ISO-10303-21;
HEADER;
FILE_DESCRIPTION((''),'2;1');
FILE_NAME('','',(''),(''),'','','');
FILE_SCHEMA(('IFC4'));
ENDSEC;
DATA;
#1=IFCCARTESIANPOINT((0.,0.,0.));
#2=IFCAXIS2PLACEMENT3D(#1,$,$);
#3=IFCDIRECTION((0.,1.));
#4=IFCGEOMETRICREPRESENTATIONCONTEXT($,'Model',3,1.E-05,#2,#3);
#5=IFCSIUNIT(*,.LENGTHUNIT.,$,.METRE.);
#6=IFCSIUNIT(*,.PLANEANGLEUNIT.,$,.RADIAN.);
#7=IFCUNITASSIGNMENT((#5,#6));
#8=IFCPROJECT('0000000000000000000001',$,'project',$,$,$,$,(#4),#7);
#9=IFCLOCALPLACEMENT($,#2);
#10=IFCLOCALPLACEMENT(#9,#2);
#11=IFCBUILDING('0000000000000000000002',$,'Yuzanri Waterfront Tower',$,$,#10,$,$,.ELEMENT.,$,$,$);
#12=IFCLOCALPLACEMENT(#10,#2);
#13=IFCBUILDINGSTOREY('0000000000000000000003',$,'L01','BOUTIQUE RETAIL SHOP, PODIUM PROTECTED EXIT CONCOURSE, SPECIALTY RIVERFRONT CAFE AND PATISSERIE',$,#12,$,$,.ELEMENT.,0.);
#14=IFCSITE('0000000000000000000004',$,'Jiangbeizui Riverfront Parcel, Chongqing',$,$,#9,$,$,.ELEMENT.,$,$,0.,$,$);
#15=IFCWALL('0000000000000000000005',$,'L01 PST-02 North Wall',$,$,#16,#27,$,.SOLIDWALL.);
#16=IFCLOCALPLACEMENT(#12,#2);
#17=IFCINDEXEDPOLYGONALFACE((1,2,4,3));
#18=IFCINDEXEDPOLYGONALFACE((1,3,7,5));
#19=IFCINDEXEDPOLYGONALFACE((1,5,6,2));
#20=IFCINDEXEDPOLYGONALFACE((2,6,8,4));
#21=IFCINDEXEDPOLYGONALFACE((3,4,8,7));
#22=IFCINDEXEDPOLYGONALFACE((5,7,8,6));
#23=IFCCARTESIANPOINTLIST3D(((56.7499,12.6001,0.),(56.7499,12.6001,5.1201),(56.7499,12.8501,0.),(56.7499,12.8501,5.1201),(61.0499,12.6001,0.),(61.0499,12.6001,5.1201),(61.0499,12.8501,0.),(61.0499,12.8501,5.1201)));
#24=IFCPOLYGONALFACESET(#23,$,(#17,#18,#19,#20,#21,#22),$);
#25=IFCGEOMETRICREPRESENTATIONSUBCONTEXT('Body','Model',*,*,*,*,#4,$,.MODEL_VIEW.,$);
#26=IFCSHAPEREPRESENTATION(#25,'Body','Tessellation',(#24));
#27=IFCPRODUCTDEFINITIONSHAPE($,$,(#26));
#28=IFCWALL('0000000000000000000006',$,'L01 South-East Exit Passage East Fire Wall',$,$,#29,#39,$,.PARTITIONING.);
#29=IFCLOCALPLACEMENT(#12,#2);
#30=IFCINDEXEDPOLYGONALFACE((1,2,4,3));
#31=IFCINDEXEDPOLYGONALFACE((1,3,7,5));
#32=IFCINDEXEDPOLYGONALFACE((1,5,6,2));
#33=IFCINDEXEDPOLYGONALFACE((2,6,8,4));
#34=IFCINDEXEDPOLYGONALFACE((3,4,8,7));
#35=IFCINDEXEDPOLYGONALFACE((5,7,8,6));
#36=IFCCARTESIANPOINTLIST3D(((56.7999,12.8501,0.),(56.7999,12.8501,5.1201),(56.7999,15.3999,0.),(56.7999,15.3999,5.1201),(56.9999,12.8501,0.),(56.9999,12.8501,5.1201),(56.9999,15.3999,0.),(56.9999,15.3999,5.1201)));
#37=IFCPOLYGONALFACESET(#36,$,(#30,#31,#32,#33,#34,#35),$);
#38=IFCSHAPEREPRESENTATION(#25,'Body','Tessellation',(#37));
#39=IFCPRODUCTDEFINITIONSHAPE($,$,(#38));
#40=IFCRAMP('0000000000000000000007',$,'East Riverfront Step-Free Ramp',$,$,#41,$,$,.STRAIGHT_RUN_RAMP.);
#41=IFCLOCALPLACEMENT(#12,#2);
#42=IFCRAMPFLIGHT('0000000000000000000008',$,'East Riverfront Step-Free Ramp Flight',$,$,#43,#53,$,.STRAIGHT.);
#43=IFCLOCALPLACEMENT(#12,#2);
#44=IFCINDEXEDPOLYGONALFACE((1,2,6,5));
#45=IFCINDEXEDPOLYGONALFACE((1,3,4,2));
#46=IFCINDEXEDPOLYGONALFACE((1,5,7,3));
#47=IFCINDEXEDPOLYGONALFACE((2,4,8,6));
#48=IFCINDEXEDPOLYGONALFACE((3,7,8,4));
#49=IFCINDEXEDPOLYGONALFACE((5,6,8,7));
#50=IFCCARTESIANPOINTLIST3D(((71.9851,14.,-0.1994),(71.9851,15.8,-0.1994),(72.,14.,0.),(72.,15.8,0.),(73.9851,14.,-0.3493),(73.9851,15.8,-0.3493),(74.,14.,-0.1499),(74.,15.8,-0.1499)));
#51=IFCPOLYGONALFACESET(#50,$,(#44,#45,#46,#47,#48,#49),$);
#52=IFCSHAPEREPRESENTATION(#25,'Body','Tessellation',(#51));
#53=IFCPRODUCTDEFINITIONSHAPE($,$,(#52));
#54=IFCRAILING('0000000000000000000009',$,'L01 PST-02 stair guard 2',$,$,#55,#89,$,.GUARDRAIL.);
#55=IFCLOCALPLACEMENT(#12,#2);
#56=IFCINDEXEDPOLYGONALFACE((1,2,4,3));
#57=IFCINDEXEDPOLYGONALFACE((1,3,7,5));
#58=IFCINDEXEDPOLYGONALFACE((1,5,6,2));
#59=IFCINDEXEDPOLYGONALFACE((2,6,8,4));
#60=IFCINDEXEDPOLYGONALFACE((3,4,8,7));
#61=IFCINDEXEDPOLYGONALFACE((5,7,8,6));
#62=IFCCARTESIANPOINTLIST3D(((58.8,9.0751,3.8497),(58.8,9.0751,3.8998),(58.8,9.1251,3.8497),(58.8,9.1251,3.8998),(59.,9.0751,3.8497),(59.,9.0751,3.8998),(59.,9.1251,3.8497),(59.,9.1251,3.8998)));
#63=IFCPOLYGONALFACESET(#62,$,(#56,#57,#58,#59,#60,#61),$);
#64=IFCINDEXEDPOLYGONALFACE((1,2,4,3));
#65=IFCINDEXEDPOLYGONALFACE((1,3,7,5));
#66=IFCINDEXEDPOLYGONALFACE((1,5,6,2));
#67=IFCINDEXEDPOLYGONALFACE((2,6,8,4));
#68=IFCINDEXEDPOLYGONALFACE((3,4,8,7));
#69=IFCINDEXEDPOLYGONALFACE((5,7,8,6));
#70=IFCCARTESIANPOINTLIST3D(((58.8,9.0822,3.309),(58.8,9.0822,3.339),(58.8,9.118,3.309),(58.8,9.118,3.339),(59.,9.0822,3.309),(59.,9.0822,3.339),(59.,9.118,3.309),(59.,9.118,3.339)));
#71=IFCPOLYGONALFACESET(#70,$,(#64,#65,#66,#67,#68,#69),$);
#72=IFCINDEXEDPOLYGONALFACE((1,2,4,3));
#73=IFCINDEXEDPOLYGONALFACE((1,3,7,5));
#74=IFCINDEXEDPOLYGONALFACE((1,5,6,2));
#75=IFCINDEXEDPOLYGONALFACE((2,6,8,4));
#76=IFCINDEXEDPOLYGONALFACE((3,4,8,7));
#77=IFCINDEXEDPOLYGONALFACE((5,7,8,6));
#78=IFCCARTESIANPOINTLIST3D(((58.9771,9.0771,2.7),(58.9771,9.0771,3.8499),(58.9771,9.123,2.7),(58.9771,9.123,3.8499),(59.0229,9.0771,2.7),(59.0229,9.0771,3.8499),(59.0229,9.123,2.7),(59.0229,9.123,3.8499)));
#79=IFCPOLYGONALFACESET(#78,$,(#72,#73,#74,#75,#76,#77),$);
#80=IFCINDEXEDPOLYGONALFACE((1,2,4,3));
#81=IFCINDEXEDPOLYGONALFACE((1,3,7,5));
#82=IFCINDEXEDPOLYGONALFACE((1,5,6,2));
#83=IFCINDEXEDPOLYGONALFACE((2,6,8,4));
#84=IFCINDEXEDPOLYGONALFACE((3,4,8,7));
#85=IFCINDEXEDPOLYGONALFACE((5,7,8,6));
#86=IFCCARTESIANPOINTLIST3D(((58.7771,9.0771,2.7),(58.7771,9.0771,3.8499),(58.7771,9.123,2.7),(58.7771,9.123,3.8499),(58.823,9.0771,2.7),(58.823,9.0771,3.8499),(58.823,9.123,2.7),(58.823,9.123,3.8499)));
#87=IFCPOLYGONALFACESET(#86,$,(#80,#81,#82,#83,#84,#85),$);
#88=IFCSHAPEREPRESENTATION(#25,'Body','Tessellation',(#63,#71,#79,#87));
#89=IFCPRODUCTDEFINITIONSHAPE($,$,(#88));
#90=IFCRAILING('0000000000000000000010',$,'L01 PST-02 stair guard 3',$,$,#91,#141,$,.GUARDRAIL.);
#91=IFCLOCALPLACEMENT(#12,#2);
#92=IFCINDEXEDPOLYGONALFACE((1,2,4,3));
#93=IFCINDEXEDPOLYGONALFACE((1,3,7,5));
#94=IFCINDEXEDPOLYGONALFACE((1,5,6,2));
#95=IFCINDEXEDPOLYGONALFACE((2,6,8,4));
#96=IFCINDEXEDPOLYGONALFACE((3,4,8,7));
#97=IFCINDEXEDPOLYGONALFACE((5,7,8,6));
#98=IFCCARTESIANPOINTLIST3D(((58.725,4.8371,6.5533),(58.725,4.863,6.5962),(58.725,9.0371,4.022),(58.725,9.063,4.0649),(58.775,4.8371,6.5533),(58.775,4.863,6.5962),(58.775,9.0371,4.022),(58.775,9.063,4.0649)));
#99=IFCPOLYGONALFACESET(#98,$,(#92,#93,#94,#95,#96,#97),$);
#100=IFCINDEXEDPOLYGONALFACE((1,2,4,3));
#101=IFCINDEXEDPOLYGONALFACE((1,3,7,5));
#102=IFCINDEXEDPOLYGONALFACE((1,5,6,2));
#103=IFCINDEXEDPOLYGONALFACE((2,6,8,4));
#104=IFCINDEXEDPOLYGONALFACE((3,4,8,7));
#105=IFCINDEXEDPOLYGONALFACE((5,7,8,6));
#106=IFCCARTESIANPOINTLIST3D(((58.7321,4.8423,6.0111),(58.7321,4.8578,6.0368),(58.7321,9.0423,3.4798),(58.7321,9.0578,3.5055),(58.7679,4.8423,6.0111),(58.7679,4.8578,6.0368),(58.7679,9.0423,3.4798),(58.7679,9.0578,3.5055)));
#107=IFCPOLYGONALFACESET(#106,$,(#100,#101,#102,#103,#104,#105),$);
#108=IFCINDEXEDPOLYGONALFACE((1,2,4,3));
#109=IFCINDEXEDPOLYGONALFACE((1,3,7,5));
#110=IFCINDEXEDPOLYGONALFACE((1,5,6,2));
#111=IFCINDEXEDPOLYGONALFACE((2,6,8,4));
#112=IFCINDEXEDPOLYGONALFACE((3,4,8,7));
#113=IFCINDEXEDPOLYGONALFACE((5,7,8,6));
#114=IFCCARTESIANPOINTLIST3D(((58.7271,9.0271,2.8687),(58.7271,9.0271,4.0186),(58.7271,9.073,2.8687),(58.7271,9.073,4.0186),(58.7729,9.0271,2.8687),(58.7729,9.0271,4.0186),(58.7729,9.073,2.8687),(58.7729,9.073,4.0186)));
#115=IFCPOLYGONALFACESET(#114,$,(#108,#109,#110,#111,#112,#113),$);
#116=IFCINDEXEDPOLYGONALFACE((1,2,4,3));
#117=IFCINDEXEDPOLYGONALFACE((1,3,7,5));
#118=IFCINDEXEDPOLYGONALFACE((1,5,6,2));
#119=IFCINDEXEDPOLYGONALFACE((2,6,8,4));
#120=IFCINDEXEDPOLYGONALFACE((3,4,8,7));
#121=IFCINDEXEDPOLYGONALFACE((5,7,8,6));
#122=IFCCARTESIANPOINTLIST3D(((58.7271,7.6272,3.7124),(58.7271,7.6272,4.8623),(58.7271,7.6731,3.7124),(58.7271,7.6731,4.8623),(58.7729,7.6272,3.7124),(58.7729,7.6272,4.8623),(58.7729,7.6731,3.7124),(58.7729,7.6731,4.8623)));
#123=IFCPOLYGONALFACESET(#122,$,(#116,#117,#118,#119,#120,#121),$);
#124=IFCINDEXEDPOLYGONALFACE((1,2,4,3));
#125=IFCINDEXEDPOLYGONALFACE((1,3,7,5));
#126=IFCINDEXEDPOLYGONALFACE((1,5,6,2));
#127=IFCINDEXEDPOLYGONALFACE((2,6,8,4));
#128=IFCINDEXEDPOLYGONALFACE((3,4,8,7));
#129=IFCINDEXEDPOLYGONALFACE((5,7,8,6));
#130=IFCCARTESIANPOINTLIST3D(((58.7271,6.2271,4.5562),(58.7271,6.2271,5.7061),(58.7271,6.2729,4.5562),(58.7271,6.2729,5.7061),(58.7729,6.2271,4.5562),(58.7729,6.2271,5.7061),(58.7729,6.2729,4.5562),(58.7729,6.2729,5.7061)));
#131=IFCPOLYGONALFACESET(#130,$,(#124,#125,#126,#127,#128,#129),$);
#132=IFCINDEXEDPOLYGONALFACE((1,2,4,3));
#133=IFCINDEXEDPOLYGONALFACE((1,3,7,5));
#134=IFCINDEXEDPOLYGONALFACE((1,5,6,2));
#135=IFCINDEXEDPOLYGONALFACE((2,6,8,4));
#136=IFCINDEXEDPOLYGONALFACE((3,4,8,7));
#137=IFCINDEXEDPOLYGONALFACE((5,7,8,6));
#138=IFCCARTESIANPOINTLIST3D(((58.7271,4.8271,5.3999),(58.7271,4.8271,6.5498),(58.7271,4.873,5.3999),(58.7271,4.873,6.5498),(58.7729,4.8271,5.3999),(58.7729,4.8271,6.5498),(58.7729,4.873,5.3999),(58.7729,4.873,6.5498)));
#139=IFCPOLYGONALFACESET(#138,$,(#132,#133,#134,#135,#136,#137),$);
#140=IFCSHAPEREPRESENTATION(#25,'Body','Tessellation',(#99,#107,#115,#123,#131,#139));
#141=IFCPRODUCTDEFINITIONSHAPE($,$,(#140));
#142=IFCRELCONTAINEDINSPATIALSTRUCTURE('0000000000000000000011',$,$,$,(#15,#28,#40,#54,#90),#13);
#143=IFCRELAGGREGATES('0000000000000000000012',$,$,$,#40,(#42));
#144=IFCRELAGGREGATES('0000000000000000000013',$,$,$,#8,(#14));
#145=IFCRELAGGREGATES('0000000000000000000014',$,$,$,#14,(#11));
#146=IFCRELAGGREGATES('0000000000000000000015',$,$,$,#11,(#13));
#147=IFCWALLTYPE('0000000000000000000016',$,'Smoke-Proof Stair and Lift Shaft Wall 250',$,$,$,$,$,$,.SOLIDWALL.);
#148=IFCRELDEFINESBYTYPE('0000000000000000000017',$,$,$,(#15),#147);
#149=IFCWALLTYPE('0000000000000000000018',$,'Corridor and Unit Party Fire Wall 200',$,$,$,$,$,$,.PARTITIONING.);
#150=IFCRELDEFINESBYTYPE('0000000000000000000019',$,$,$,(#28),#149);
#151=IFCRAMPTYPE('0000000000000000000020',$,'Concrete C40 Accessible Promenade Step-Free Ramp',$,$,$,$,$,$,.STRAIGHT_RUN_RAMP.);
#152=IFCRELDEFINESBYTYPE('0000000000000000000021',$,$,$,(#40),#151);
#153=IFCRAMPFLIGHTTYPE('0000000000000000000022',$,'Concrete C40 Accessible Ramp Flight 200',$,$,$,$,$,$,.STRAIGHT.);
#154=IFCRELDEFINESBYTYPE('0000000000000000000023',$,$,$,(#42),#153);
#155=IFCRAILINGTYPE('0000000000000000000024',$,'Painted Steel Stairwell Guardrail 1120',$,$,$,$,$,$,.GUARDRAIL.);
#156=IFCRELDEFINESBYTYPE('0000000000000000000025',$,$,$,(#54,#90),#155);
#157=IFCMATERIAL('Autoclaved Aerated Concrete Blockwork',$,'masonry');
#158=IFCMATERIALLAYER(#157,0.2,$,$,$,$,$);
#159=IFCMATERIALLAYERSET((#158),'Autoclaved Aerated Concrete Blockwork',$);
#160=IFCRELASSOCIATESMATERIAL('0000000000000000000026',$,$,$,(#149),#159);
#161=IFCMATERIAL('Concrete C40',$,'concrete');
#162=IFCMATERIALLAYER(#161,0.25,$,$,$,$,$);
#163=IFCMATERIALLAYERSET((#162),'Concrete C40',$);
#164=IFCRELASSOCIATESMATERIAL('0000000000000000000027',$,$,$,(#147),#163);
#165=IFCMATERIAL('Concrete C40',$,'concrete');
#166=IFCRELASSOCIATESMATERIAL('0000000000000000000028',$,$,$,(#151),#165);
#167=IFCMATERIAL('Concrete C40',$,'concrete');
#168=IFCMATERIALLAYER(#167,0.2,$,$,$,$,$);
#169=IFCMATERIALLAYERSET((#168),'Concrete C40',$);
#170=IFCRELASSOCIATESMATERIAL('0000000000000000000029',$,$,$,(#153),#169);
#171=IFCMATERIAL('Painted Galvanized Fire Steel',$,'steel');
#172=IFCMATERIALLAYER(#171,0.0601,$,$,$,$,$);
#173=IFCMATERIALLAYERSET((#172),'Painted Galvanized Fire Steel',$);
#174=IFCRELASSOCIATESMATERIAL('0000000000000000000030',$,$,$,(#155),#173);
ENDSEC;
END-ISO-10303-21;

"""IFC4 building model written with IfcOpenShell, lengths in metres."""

from ifc_helpers import new_model, si_unit, direction, frame, frame_2d, origin, origin_2d, place, context, subcontext, project, spatial, polyline, rectangle, outline, extrude, source, transform, mapped, material, layer, layer_set, type_object, element, aggregate, save


model = new_model("IFC4")

# Units and contexts
model_context = context("Model", 3, precision=1e-05, world=origin(), true_north=direction((0.0, 1.0)))
body_context = subcontext(model_context, "Body", "Model", "MODEL_VIEW")
ifc_project = project(units=[si_unit("LENGTHUNIT", "METRE"), si_unit("PLANEANGLEUNIT", "RADIAN")], contexts=[model_context])

# Site, building, storey
site_placement = place(None, origin())
site = spatial("IfcSite", under=ifc_project, at=site_placement, Name="Jiangbeizui Riverfront Parcel, Chongqing", CompositionType="ELEMENT", RefElevation=0.0)
building_placement = place(site_placement, origin())
building = spatial("IfcBuilding", under=site, at=building_placement, Name="Yuzanri Waterfront Tower", CompositionType="ELEMENT")
storey_placement = place(building_placement, origin())
storey = spatial("IfcBuildingStorey", under=building, at=storey_placement, Name="L01", Description="BOUTIQUE RETAIL SHOP, PODIUM PROTECTED EXIT CONCOURSE, SPECIALTY RIVERFRONT CAFE AND PATISSERIE", CompositionType="ELEMENT", Elevation=0.0)

# Shared definitions
ifc_material_1 = material(Name="Autoclaved Aerated Concrete Blockwork", Category="masonry")
ifc_layer_1 = layer(ifc_material_1, 0.2)
ifc_layer_set_1 = layer_set([ifc_layer_1], Name="Autoclaved Aerated Concrete Blockwork")
wall_type_1 = type_object("IfcWallType", Name="Corridor and Unit Party Fire Wall 200", PredefinedType="PARTITIONING", material=ifc_layer_set_1)

# Walls
ifc_material_2 = material(Name="Concrete C40", Category="concrete")
ifc_layer_2 = layer(ifc_material_2, 0.25)
ifc_layer_set_2 = layer_set([ifc_layer_2], Name="Concrete C40")
wall_type_2 = type_object("IfcWallType", Name="Smoke-Proof Stair and Lift Shaft Wall 250", PredefinedType="SOLIDWALL", material=ifc_layer_set_2)
shared_shape_1 = source(origin(), body_context, "Body", "SweptSolid", [
    extrude(rectangle(XDim=4.3, YDim=0.25, at=frame_2d((2.1499, 0.0))), origin(), (0.0, 0.0, 1.0), 5.1201),
])
wall_1_placement = place(storey_placement, frame((56.75, 12.7251, 0.0), z_axis=(0.0, 0.0, 1.0), x_axis=(1.0, 0.0, 0.0)))
element("IfcWall", 1, at=wall_1_placement, inside=storey, type_object=wall_type_2, Name="L01 PST-02 North Wall", PredefinedType="SOLIDWALL", context=body_context, shape_type="MappedRepresentation", body=[
    mapped(shared_shape_1, transform((0.0, 0.0, 0.0), scale=1.0)),
])
shared_shape_2 = source(origin(), body_context, "Body", "SweptSolid", [
    extrude(rectangle(XDim=2.5498, YDim=0.2, at=frame_2d((1.2749, 0.0))), origin(), (0.0, 0.0, 1.0), 5.1201),
])
wall_2_placement = place(storey_placement, frame((56.8999, 12.8501, 0.0), z_axis=(0.0, 0.0, 1.0), x_axis=(0.0, 1.0, 0.0)))
element("IfcWall", 2, at=wall_2_placement, inside=storey, type_object=wall_type_1, Name="L01 South-East Exit Passage East Fire Wall", PredefinedType="PARTITIONING", context=body_context, shape_type="MappedRepresentation", body=[
    mapped(shared_shape_2, transform((0.0, 0.0, 0.0), scale=1.0)),
])

# Ramp, ramp flight
ifc_material_3 = material(Name="Concrete C40", Category="concrete")
ramp_type = type_object("IfcRampType", Name="Concrete C40 Accessible Promenade Step-Free Ramp", PredefinedType="STRAIGHT_RUN_RAMP", material=ifc_material_3)
ramp_placement = place(storey_placement, origin())
ramp = element("IfcRamp", 3, at=ramp_placement, inside=storey, type_object=ramp_type, Name="East Riverfront Step-Free Ramp", PredefinedType="STRAIGHT_RUN_RAMP")
ifc_material_4 = material(Name="Concrete C40", Category="concrete")
ifc_layer_3 = layer(ifc_material_4, 0.2)
ifc_layer_set_3 = layer_set([ifc_layer_3], Name="Concrete C40")
ramp_flight_type = type_object("IfcRampFlightType", Name="Concrete C40 Accessible Ramp Flight 200", PredefinedType="STRAIGHT", material=ifc_layer_set_3)
ramp_flight_placement = place(storey_placement, frame((72.0, 14.0, 0.0), z_axis=(0.074742, 0.0, 0.997203), x_axis=(0.997203, 0.0, -0.074742)))
ramp_flight = element("IfcRampFlight", 4, at=ramp_flight_placement, type_object=ramp_flight_type, Name="East Riverfront Step-Free Ramp Flight", PredefinedType="STRAIGHT", context=body_context, shape_type="SweptSolid", body=[
    extrude(outline(polyline([(0.0, 0.0), (2.0056, 0.0), (2.0056, 1.8), (0.0, 1.8), (0.0, 0.0)])), origin(), (0.0, 0.0, -1.0), 0.2),
])
aggregate(ramp, [ramp_flight])

# Railings
ifc_material_5 = material(Name="Painted Galvanized Fire Steel", Category="steel")
ifc_layer_4 = layer(ifc_material_5, 0.0601)
ifc_layer_set_4 = layer_set([ifc_layer_4], Name="Painted Galvanized Fire Steel")
railing_type = type_object("IfcRailingType", Name="Painted Steel Stairwell Guardrail 1120", PredefinedType="GUARDRAIL", material=ifc_layer_set_4)
shared_shape_3 = source(origin(), body_context, "Body", "SweptSolid", [
    extrude(rectangle(XDim=0.05, YDim=0.05, at=origin_2d()), frame((0.0, 0.0, 1.1748), z_axis=(-1.0, 0.0, 0.0), x_axis=(0.0, -1.0, 0.0)), (0.0, 0.0, 1.0), 0.2),
    extrude(rectangle(XDim=0.0359, YDim=0.03, at=origin_2d()), frame((0.0, 0.0, 0.624), z_axis=(-1.0, 0.0, 0.0), x_axis=(0.0, -1.0, 0.0)), (0.0, 0.0, 1.0), 0.2),
    extrude(rectangle(XDim=0.0459, YDim=0.0459, at=origin_2d()), origin(), (0.0, 0.0, 1.0), 1.1499),
    extrude(rectangle(XDim=0.0459, YDim=0.0459, at=origin_2d()), frame((-0.2, 0.0, 0.0)), (0.0, 0.0, 1.0), 1.1499),
])
railing_1_placement = place(storey_placement, frame((59.0, 9.1001, 2.7)))
element("IfcRailing", 5, at=railing_1_placement, inside=storey, type_object=railing_type, Name="L01 PST-02 stair guard 2", PredefinedType="GUARDRAIL", context=body_context, shape_type="MappedRepresentation", body=[
    mapped(shared_shape_3, transform((0.0, 0.0, 0.0), scale=1.0)),
])
shared_shape_4 = source(origin(), body_context, "Body", "SweptSolid", [
    extrude(rectangle(XDim=0.05, YDim=0.05, at=origin_2d()), frame((0.0, 0.0, 1.1748), z_axis=(0.0, -0.856476, 0.516186), x_axis=(1.0, 0.0, 0.0)), (0.0, 0.0, 1.0), 4.9038),
    extrude(rectangle(XDim=0.0359, YDim=0.03, at=origin_2d()), frame((0.0, 0.0, 0.624), z_axis=(0.0, -0.856476, 0.516186), x_axis=(1.0, 0.0, 0.0)), (0.0, 0.0, 1.0), 4.9038),
    extrude(rectangle(XDim=0.0459, YDim=0.0459, at=origin_2d()), origin(), (0.0, 0.0, 1.0), 1.1499),
    extrude(rectangle(XDim=0.0459, YDim=0.0459, at=origin_2d()), frame((0.0, -1.3999, 0.8438)), (0.0, 0.0, 1.0), 1.1499),
    extrude(rectangle(XDim=0.0459, YDim=0.0459, at=origin_2d()), frame((0.0, -2.8, 1.6875)), (0.0, 0.0, 1.0), 1.1499),
    extrude(rectangle(XDim=0.0459, YDim=0.0459, at=origin_2d()), frame((0.0, -4.2, 2.5312)), (0.0, 0.0, 1.0), 1.1499),
])
railing_2_placement = place(storey_placement, frame((58.75, 9.05, 2.8687)))
element("IfcRailing", 6, at=railing_2_placement, inside=storey, type_object=railing_type, Name="L01 PST-02 stair guard 3", PredefinedType="GUARDRAIL", context=body_context, shape_type="MappedRepresentation", body=[
    mapped(shared_shape_4, transform((0.0, 0.0, 0.0), scale=1.0)),
])

save(model, "model.ifc")
